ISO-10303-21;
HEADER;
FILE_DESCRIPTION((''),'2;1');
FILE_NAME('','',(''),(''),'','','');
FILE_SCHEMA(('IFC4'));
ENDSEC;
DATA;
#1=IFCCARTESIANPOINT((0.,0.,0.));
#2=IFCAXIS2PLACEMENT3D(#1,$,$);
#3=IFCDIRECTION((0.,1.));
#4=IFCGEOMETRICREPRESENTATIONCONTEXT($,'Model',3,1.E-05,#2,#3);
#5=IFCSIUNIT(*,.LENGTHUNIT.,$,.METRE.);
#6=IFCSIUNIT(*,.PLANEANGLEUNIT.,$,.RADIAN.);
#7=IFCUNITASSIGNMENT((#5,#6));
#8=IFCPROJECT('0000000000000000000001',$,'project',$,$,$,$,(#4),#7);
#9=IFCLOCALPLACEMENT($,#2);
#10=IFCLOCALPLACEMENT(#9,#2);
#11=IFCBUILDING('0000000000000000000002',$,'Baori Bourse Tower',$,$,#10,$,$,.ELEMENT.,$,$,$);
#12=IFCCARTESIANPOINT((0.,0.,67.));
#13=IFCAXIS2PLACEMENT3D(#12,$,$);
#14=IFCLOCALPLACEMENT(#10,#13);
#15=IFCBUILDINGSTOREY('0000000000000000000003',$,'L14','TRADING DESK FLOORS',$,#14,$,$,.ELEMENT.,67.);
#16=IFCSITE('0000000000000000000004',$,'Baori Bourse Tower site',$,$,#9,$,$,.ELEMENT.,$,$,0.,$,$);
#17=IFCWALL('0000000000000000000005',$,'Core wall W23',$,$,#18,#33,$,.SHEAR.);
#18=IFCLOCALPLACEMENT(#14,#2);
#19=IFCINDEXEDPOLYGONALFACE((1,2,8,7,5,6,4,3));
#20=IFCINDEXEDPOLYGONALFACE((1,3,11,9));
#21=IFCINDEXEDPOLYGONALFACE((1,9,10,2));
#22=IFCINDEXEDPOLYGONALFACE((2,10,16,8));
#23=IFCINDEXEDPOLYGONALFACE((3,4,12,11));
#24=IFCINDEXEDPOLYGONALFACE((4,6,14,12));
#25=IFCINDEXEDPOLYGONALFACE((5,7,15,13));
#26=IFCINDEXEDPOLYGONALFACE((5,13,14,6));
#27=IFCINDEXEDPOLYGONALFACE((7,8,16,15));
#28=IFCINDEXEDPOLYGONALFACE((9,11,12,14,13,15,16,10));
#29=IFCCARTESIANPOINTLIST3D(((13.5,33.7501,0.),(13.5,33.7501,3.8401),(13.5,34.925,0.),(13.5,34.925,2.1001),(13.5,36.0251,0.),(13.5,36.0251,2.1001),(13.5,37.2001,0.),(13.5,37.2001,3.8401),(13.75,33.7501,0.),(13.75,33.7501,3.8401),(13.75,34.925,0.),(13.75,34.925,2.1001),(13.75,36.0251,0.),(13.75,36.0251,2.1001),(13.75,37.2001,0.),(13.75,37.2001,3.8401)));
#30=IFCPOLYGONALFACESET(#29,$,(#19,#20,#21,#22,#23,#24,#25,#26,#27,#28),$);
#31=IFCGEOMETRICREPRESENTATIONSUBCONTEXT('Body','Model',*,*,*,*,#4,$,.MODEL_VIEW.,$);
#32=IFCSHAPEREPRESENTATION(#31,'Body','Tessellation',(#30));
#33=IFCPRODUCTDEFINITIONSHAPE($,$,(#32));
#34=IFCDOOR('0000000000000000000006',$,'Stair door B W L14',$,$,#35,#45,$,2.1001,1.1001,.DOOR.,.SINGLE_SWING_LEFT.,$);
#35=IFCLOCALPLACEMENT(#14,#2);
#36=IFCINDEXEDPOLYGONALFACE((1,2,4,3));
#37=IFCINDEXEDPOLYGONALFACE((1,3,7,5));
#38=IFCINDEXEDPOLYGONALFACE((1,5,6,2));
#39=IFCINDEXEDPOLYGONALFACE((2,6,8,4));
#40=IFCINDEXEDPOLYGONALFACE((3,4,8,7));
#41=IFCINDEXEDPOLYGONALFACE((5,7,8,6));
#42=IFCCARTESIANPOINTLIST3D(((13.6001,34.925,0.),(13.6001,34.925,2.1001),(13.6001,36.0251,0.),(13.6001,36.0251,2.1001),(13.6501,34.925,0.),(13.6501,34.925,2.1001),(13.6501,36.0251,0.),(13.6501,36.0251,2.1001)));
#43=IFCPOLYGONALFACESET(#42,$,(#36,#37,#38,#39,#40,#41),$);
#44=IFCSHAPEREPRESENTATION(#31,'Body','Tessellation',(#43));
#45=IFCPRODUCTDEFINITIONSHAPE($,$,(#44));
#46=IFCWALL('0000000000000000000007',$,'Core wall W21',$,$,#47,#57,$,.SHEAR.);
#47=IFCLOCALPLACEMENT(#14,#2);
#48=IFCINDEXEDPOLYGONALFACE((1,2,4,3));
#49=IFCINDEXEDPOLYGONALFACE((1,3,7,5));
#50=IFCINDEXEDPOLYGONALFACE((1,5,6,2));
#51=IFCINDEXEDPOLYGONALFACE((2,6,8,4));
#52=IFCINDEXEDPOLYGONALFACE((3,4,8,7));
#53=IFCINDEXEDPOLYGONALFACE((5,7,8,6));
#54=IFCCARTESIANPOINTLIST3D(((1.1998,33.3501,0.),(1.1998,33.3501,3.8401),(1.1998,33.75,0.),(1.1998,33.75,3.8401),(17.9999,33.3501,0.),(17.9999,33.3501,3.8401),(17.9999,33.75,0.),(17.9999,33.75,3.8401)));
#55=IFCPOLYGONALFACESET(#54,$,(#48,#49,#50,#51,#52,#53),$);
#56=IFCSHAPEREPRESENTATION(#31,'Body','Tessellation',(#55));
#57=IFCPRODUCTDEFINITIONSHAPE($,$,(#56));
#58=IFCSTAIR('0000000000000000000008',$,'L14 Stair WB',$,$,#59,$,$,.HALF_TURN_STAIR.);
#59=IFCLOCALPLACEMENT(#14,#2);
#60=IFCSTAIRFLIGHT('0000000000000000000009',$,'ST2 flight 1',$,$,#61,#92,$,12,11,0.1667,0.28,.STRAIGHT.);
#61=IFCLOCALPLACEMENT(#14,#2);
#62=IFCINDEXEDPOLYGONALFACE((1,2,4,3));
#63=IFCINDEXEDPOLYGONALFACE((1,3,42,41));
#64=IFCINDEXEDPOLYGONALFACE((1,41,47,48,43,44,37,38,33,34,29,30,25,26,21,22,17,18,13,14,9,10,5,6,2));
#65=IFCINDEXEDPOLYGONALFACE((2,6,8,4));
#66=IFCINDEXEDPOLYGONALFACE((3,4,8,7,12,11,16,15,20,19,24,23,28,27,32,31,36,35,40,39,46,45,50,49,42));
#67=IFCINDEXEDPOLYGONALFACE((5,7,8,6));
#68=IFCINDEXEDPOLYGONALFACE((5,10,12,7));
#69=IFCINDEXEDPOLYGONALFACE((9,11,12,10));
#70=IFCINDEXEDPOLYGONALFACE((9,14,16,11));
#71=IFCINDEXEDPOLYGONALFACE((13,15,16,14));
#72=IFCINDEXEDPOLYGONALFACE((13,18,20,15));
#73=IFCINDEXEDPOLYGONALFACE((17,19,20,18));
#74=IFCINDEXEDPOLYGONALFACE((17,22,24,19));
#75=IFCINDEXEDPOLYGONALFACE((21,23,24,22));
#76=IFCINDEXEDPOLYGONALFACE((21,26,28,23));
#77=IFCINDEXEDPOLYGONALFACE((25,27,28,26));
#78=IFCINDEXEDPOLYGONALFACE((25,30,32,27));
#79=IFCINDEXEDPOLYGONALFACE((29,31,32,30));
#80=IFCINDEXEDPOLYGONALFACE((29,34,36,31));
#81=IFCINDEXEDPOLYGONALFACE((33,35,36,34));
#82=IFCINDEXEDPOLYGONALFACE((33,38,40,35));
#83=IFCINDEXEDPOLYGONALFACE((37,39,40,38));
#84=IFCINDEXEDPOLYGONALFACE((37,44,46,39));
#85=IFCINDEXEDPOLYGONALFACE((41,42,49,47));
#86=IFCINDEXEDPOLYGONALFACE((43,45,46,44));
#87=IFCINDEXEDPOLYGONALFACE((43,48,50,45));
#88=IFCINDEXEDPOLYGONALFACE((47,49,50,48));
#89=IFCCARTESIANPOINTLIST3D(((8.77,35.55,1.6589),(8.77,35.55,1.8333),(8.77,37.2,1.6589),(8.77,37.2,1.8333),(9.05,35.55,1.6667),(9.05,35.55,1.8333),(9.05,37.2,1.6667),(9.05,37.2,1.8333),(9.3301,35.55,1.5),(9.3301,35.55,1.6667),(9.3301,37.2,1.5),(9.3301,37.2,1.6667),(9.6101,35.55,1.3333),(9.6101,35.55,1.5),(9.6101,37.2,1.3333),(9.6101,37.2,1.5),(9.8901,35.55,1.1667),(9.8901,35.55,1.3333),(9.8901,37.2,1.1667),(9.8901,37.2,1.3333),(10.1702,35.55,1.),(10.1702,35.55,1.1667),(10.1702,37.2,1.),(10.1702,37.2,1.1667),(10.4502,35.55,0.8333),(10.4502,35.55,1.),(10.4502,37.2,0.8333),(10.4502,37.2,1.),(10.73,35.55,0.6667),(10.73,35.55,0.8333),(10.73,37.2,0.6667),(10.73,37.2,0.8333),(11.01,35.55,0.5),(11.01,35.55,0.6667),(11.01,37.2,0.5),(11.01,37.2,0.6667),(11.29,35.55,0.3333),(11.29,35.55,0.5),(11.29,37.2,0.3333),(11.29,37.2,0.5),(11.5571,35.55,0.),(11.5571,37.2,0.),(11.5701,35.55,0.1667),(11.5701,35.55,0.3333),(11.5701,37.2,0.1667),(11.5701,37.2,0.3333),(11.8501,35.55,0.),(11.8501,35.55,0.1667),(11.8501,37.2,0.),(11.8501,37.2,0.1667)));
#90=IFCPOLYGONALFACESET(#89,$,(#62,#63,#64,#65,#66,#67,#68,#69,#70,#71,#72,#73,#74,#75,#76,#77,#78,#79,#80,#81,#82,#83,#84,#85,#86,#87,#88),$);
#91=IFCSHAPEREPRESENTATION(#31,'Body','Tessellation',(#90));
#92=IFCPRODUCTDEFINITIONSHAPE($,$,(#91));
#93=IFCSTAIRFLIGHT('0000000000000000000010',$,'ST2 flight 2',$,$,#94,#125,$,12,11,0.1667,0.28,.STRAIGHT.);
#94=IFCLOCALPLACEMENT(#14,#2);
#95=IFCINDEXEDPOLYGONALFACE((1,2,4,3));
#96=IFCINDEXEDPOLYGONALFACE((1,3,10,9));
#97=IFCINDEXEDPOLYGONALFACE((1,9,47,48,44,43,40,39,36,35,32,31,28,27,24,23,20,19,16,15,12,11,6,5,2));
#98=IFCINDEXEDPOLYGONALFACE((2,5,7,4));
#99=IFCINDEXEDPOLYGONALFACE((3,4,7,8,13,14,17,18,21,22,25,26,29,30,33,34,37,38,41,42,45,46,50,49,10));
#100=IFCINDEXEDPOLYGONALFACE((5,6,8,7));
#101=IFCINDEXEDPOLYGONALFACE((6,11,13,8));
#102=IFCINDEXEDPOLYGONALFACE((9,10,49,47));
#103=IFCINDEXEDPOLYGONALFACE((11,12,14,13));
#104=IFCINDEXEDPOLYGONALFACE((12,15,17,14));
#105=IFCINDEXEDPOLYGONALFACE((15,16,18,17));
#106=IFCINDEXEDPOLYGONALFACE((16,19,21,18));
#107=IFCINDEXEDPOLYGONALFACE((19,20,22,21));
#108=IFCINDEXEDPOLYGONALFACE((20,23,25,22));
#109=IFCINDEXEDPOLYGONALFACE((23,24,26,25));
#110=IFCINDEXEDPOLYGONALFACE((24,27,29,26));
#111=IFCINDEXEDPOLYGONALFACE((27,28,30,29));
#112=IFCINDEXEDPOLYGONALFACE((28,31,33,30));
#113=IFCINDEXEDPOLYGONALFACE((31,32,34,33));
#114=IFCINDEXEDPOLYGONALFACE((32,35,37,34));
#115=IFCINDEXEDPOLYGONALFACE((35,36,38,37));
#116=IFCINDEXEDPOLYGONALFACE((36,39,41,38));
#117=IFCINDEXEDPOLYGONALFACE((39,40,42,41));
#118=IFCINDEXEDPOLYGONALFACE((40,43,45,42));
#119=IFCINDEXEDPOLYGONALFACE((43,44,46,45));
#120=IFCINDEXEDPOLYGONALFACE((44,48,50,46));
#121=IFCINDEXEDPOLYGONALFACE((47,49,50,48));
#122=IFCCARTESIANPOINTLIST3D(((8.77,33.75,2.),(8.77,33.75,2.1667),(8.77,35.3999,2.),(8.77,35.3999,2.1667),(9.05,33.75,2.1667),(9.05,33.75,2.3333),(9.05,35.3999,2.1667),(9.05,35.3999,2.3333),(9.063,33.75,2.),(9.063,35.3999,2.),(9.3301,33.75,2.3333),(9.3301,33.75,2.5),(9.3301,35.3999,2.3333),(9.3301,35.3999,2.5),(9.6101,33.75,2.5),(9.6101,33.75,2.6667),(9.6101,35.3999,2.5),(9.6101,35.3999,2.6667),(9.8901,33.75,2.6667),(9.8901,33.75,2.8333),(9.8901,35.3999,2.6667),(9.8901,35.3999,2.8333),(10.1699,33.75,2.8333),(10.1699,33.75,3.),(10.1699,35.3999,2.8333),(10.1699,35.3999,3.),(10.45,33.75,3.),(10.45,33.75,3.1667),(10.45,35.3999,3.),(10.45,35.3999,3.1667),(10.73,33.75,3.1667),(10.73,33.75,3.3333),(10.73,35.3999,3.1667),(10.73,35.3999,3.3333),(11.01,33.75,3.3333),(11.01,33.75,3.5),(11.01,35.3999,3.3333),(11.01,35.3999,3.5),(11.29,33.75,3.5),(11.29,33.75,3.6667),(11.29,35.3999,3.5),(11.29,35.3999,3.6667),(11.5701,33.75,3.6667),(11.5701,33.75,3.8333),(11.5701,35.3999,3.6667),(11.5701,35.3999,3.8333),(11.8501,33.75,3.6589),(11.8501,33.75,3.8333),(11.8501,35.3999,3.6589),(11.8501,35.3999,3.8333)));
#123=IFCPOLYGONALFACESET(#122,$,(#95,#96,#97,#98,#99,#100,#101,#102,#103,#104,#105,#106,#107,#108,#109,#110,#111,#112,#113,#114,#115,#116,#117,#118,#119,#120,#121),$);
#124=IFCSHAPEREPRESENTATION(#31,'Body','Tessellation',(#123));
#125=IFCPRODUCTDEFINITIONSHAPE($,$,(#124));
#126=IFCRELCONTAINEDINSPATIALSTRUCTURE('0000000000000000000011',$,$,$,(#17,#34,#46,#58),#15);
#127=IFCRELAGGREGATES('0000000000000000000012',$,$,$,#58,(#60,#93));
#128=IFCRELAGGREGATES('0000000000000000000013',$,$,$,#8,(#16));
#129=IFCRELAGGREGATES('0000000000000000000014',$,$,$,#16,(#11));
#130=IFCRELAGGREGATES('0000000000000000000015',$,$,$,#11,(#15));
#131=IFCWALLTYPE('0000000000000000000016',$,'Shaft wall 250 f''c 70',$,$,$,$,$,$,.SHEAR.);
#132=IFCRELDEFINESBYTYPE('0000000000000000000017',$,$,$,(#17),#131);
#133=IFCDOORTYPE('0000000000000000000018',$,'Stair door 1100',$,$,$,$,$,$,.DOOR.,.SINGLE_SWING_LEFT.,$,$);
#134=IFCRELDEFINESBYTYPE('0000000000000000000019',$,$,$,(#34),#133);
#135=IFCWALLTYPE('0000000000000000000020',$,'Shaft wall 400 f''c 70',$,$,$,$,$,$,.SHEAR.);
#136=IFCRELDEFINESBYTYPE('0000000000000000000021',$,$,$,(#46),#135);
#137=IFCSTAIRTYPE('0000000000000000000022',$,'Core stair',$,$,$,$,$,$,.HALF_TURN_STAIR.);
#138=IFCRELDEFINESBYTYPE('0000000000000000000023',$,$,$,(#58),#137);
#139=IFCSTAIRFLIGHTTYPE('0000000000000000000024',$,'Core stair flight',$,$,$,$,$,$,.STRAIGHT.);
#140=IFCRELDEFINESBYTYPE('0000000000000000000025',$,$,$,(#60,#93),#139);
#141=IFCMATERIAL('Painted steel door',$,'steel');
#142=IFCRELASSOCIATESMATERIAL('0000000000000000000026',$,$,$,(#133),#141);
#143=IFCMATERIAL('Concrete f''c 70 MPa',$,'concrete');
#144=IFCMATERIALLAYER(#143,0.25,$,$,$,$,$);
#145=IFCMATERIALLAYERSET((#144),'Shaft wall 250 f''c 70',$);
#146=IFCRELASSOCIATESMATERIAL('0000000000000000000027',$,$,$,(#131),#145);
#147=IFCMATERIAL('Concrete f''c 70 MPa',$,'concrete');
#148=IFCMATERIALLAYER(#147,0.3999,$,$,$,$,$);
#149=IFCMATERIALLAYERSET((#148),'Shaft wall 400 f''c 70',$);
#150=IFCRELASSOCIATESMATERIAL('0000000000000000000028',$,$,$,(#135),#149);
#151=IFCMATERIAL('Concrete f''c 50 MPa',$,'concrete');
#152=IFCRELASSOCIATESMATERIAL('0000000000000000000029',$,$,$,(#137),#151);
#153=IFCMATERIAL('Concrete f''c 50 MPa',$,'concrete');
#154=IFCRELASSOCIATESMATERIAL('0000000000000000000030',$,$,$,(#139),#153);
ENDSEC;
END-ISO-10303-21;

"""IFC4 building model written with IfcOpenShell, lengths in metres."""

from ifc_helpers import new_model, si_unit, direction, frame, frame_2d, origin, place, context, subcontext, project, spatial, polyline, rectangle, outline, extrude, material, layer, layer_set, type_object, element, fill, aggregate, save


model = new_model("IFC4")

# Units and contexts
model_context = context("Model", 3, precision=1e-05, world=origin(), true_north=direction((0.0, 1.0)))
body_context = subcontext(model_context, "Body", "Model", "MODEL_VIEW")
ifc_project = project(units=[si_unit("LENGTHUNIT", "METRE"), si_unit("PLANEANGLEUNIT", "RADIAN")], contexts=[model_context])

# Site, building, storey
site_placement = place(None, origin())
site = spatial("IfcSite", under=ifc_project, at=site_placement, Name="Baori Bourse Tower site", CompositionType="ELEMENT", RefElevation=0.0)
building_placement = place(site_placement, origin())
building = spatial("IfcBuilding", under=site, at=building_placement, Name="Baori Bourse Tower", CompositionType="ELEMENT")
storey_placement = place(building_placement, frame((0.0, 0.0, 67.0)))
storey = spatial("IfcBuildingStorey", under=building, at=storey_placement, Name="L14", Description="TRADING DESK FLOORS", CompositionType="ELEMENT", Elevation=67.0)

# Wall, opening, door
ifc_material_1 = material(Name="Painted steel door", Category="steel")
door_type_1 = type_object("IfcDoorType", Name="Stair door 1100", OperationType="SINGLE_SWING_LEFT", PredefinedType="DOOR", material=ifc_material_1)
ifc_material_2 = material(Name="Concrete f'c 70 MPa", Category="concrete")
ifc_layer_1 = layer(ifc_material_2, 0.25)
ifc_layer_set_1 = layer_set([ifc_layer_1], Name="Shaft wall 250 f'c 70")
wall_type_1 = type_object("IfcWallType", Name="Shaft wall 250 f'c 70", PredefinedType="SHEAR", material=ifc_layer_set_1)
wall_1_placement = place(storey_placement, frame((13.625, 33.75, 0.0), z_axis=(0.0, 0.0, 1.0), x_axis=(0.0, 1.0, 0.0)))
wall_1 = element("IfcWall", 1, at=wall_1_placement, inside=storey, type_object=wall_type_1, Name="Core wall W23", PredefinedType="SHEAR", context=body_context, shape_type="SweptSolid", body=[
    extrude(rectangle(XDim=3.45, YDim=0.25, at=frame_2d((1.7251, 0.0))), origin(), (0.0, 0.0, 1.0), 3.8401),
])
opening_1_placement = place(wall_1_placement, frame((1.175, 0.0, 0.0)))
opening_1 = element("IfcOpeningElement", 2, at=opening_1_placement, cuts=wall_1, PredefinedType="OPENING", context=body_context, shape_type="SweptSolid", body=[
    extrude(rectangle(XDim=1.1001, YDim=2.1001, at=frame_2d((0.55, 1.05))), frame((0.0, 0.135, 0.0), z_axis=(0.0, -1.0, 0.0), x_axis=(1.0, 0.0, 0.0)), (0.0, 0.0, 1.0), 0.27),
])
door_1_placement = place(opening_1_placement, origin())
door_1 = element("IfcDoor", 3, at=door_1_placement, inside=storey, type_object=door_type_1, Name="Stair door B W L14", OperationType="SINGLE_SWING_LEFT", OverallHeight=2.1001, OverallWidth=1.1001, PredefinedType="DOOR", context=body_context, shape_type="SweptSolid", body=[
    extrude(rectangle(XDim=1.1001, YDim=2.1001, at=frame_2d((0.55, 1.05))), frame((0.0, 0.0249, 0.0), z_axis=(0.0, -1.0, 0.0), x_axis=(1.0, 0.0, 0.0)), (0.0, 0.0, 1.0), 0.05),
])
fill(opening_1, door_1)

# Wall
ifc_material_3 = material(Name="Concrete f'c 70 MPa", Category="concrete")
ifc_layer_2 = layer(ifc_material_3, 0.3999)
ifc_layer_set_2 = layer_set([ifc_layer_2], Name="Shaft wall 400 f'c 70")
wall_type_2 = type_object("IfcWallType", Name="Shaft wall 400 f'c 70", PredefinedType="SHEAR", material=ifc_layer_set_2)
wall_2_placement = place(storey_placement, frame((1.2, 33.55, 0.0), z_axis=(0.0, 0.0, 1.0), x_axis=(1.0, 0.0, 0.0)))
element("IfcWall", 4, at=wall_2_placement, inside=storey, type_object=wall_type_2, Name="Core wall W21", PredefinedType="SHEAR", context=body_context, shape_type="SweptSolid", body=[
    extrude(rectangle(XDim=16.8, YDim=0.3999, at=frame_2d((8.3999, 0.0))), origin(), (0.0, 0.0, 1.0), 3.8401),
])

# Stair, stair flights
ifc_material_4 = material(Name="Concrete f'c 50 MPa", Category="concrete")
stair_type = type_object("IfcStairType", Name="Core stair", PredefinedType="HALF_TURN_STAIR", material=ifc_material_4)
stair_placement = place(storey_placement, origin())
stair = element("IfcStair", 5, at=stair_placement, inside=storey, type_object=stair_type, Name="L14 Stair WB", PredefinedType="HALF_TURN_STAIR")
ifc_material_5 = material(Name="Concrete f'c 50 MPa", Category="concrete")
stair_flight_type = type_object("IfcStairFlightType", Name="Core stair flight", PredefinedType="STRAIGHT", material=ifc_material_5)
stair_flight_1_placement = place(storey_placement, frame((11.8501, 36.375, 0.0), z_axis=(0.0, 0.0, 1.0), x_axis=(-1.0, 0.0, 0.0)))
stair_flight_1 = element("IfcStairFlight", 6, at=stair_flight_1_placement, type_object=stair_flight_type, Name="ST2 flight 1", NumberOfRisers=12, NumberOfTreads=11, PredefinedType="STRAIGHT", RiserHeight=0.1667, TreadLength=0.28, context=body_context, shape_type="SweptSolid", body=[
    extrude(outline(polyline([(0.0, 0.0), (0.0, 0.1667), (0.28, 0.1667), (0.28, 0.3333), (0.5601, 0.3333), (0.5601, 0.5), (0.8401, 0.5), (0.8401, 0.6667), (1.1201, 0.6667), (1.1201, 0.8333), (1.3999, 0.8333), (1.3999, 1.0), (1.6799, 1.0), (1.6799, 1.1667), (1.96, 1.1667), (1.96, 1.3333), (2.24, 1.3333), (2.24, 1.5), (2.52, 1.5), (2.52, 1.6667), (2.8, 1.6667), (2.8, 1.8333), (3.0801, 1.8333), (3.0801, 2.0), (3.0801, 1.6589), (0.293, 0.0), (0.0, 0.0)])), frame((0.0, 0.825, 0.0), z_axis=(0.0, -1.0, 0.0), x_axis=(1.0, 0.0, 0.0)), (0.0, 0.0, 1.0), 1.6499),
])
stair_flight_2_placement = place(storey_placement, frame((8.77, 34.575, 2.0), z_axis=(0.0, 0.0, 1.0), x_axis=(1.0, 0.0, 0.0)))
stair_flight_2 = element("IfcStairFlight", 7, at=stair_flight_2_placement, type_object=stair_flight_type, Name="ST2 flight 2", NumberOfRisers=12, NumberOfTreads=11, PredefinedType="STRAIGHT", RiserHeight=0.1667, TreadLength=0.28, context=body_context, shape_type="SweptSolid", body=[
    extrude(outline(polyline([(0.0, 0.0), (0.0, 0.1667), (0.28, 0.1667), (0.28, 0.3333), (0.5601, 0.3333), (0.5601, 0.5), (0.8401, 0.5), (0.8401, 0.6667), (1.1201, 0.6667), (1.1201, 0.8333), (1.3999, 0.8333), (1.3999, 1.0), (1.6799, 1.0), (1.6799, 1.1667), (1.96, 1.1667), (1.96, 1.3333), (2.24, 1.3333), (2.24, 1.5), (2.52, 1.5), (2.52, 1.6667), (2.8, 1.6667), (2.8, 1.8333), (3.0801, 1.8333), (3.0801, 2.0), (3.0801, 1.6589), (0.293, 0.0), (0.0, 0.0)])), frame((0.0, 0.825, 0.0), z_axis=(0.0, -1.0, 0.0), x_axis=(1.0, 0.0, 0.0)), (0.0, 0.0, 1.0), 1.6499),
])
aggregate(stair, [stair_flight_1, stair_flight_2])

save(model, "model.ifc")
